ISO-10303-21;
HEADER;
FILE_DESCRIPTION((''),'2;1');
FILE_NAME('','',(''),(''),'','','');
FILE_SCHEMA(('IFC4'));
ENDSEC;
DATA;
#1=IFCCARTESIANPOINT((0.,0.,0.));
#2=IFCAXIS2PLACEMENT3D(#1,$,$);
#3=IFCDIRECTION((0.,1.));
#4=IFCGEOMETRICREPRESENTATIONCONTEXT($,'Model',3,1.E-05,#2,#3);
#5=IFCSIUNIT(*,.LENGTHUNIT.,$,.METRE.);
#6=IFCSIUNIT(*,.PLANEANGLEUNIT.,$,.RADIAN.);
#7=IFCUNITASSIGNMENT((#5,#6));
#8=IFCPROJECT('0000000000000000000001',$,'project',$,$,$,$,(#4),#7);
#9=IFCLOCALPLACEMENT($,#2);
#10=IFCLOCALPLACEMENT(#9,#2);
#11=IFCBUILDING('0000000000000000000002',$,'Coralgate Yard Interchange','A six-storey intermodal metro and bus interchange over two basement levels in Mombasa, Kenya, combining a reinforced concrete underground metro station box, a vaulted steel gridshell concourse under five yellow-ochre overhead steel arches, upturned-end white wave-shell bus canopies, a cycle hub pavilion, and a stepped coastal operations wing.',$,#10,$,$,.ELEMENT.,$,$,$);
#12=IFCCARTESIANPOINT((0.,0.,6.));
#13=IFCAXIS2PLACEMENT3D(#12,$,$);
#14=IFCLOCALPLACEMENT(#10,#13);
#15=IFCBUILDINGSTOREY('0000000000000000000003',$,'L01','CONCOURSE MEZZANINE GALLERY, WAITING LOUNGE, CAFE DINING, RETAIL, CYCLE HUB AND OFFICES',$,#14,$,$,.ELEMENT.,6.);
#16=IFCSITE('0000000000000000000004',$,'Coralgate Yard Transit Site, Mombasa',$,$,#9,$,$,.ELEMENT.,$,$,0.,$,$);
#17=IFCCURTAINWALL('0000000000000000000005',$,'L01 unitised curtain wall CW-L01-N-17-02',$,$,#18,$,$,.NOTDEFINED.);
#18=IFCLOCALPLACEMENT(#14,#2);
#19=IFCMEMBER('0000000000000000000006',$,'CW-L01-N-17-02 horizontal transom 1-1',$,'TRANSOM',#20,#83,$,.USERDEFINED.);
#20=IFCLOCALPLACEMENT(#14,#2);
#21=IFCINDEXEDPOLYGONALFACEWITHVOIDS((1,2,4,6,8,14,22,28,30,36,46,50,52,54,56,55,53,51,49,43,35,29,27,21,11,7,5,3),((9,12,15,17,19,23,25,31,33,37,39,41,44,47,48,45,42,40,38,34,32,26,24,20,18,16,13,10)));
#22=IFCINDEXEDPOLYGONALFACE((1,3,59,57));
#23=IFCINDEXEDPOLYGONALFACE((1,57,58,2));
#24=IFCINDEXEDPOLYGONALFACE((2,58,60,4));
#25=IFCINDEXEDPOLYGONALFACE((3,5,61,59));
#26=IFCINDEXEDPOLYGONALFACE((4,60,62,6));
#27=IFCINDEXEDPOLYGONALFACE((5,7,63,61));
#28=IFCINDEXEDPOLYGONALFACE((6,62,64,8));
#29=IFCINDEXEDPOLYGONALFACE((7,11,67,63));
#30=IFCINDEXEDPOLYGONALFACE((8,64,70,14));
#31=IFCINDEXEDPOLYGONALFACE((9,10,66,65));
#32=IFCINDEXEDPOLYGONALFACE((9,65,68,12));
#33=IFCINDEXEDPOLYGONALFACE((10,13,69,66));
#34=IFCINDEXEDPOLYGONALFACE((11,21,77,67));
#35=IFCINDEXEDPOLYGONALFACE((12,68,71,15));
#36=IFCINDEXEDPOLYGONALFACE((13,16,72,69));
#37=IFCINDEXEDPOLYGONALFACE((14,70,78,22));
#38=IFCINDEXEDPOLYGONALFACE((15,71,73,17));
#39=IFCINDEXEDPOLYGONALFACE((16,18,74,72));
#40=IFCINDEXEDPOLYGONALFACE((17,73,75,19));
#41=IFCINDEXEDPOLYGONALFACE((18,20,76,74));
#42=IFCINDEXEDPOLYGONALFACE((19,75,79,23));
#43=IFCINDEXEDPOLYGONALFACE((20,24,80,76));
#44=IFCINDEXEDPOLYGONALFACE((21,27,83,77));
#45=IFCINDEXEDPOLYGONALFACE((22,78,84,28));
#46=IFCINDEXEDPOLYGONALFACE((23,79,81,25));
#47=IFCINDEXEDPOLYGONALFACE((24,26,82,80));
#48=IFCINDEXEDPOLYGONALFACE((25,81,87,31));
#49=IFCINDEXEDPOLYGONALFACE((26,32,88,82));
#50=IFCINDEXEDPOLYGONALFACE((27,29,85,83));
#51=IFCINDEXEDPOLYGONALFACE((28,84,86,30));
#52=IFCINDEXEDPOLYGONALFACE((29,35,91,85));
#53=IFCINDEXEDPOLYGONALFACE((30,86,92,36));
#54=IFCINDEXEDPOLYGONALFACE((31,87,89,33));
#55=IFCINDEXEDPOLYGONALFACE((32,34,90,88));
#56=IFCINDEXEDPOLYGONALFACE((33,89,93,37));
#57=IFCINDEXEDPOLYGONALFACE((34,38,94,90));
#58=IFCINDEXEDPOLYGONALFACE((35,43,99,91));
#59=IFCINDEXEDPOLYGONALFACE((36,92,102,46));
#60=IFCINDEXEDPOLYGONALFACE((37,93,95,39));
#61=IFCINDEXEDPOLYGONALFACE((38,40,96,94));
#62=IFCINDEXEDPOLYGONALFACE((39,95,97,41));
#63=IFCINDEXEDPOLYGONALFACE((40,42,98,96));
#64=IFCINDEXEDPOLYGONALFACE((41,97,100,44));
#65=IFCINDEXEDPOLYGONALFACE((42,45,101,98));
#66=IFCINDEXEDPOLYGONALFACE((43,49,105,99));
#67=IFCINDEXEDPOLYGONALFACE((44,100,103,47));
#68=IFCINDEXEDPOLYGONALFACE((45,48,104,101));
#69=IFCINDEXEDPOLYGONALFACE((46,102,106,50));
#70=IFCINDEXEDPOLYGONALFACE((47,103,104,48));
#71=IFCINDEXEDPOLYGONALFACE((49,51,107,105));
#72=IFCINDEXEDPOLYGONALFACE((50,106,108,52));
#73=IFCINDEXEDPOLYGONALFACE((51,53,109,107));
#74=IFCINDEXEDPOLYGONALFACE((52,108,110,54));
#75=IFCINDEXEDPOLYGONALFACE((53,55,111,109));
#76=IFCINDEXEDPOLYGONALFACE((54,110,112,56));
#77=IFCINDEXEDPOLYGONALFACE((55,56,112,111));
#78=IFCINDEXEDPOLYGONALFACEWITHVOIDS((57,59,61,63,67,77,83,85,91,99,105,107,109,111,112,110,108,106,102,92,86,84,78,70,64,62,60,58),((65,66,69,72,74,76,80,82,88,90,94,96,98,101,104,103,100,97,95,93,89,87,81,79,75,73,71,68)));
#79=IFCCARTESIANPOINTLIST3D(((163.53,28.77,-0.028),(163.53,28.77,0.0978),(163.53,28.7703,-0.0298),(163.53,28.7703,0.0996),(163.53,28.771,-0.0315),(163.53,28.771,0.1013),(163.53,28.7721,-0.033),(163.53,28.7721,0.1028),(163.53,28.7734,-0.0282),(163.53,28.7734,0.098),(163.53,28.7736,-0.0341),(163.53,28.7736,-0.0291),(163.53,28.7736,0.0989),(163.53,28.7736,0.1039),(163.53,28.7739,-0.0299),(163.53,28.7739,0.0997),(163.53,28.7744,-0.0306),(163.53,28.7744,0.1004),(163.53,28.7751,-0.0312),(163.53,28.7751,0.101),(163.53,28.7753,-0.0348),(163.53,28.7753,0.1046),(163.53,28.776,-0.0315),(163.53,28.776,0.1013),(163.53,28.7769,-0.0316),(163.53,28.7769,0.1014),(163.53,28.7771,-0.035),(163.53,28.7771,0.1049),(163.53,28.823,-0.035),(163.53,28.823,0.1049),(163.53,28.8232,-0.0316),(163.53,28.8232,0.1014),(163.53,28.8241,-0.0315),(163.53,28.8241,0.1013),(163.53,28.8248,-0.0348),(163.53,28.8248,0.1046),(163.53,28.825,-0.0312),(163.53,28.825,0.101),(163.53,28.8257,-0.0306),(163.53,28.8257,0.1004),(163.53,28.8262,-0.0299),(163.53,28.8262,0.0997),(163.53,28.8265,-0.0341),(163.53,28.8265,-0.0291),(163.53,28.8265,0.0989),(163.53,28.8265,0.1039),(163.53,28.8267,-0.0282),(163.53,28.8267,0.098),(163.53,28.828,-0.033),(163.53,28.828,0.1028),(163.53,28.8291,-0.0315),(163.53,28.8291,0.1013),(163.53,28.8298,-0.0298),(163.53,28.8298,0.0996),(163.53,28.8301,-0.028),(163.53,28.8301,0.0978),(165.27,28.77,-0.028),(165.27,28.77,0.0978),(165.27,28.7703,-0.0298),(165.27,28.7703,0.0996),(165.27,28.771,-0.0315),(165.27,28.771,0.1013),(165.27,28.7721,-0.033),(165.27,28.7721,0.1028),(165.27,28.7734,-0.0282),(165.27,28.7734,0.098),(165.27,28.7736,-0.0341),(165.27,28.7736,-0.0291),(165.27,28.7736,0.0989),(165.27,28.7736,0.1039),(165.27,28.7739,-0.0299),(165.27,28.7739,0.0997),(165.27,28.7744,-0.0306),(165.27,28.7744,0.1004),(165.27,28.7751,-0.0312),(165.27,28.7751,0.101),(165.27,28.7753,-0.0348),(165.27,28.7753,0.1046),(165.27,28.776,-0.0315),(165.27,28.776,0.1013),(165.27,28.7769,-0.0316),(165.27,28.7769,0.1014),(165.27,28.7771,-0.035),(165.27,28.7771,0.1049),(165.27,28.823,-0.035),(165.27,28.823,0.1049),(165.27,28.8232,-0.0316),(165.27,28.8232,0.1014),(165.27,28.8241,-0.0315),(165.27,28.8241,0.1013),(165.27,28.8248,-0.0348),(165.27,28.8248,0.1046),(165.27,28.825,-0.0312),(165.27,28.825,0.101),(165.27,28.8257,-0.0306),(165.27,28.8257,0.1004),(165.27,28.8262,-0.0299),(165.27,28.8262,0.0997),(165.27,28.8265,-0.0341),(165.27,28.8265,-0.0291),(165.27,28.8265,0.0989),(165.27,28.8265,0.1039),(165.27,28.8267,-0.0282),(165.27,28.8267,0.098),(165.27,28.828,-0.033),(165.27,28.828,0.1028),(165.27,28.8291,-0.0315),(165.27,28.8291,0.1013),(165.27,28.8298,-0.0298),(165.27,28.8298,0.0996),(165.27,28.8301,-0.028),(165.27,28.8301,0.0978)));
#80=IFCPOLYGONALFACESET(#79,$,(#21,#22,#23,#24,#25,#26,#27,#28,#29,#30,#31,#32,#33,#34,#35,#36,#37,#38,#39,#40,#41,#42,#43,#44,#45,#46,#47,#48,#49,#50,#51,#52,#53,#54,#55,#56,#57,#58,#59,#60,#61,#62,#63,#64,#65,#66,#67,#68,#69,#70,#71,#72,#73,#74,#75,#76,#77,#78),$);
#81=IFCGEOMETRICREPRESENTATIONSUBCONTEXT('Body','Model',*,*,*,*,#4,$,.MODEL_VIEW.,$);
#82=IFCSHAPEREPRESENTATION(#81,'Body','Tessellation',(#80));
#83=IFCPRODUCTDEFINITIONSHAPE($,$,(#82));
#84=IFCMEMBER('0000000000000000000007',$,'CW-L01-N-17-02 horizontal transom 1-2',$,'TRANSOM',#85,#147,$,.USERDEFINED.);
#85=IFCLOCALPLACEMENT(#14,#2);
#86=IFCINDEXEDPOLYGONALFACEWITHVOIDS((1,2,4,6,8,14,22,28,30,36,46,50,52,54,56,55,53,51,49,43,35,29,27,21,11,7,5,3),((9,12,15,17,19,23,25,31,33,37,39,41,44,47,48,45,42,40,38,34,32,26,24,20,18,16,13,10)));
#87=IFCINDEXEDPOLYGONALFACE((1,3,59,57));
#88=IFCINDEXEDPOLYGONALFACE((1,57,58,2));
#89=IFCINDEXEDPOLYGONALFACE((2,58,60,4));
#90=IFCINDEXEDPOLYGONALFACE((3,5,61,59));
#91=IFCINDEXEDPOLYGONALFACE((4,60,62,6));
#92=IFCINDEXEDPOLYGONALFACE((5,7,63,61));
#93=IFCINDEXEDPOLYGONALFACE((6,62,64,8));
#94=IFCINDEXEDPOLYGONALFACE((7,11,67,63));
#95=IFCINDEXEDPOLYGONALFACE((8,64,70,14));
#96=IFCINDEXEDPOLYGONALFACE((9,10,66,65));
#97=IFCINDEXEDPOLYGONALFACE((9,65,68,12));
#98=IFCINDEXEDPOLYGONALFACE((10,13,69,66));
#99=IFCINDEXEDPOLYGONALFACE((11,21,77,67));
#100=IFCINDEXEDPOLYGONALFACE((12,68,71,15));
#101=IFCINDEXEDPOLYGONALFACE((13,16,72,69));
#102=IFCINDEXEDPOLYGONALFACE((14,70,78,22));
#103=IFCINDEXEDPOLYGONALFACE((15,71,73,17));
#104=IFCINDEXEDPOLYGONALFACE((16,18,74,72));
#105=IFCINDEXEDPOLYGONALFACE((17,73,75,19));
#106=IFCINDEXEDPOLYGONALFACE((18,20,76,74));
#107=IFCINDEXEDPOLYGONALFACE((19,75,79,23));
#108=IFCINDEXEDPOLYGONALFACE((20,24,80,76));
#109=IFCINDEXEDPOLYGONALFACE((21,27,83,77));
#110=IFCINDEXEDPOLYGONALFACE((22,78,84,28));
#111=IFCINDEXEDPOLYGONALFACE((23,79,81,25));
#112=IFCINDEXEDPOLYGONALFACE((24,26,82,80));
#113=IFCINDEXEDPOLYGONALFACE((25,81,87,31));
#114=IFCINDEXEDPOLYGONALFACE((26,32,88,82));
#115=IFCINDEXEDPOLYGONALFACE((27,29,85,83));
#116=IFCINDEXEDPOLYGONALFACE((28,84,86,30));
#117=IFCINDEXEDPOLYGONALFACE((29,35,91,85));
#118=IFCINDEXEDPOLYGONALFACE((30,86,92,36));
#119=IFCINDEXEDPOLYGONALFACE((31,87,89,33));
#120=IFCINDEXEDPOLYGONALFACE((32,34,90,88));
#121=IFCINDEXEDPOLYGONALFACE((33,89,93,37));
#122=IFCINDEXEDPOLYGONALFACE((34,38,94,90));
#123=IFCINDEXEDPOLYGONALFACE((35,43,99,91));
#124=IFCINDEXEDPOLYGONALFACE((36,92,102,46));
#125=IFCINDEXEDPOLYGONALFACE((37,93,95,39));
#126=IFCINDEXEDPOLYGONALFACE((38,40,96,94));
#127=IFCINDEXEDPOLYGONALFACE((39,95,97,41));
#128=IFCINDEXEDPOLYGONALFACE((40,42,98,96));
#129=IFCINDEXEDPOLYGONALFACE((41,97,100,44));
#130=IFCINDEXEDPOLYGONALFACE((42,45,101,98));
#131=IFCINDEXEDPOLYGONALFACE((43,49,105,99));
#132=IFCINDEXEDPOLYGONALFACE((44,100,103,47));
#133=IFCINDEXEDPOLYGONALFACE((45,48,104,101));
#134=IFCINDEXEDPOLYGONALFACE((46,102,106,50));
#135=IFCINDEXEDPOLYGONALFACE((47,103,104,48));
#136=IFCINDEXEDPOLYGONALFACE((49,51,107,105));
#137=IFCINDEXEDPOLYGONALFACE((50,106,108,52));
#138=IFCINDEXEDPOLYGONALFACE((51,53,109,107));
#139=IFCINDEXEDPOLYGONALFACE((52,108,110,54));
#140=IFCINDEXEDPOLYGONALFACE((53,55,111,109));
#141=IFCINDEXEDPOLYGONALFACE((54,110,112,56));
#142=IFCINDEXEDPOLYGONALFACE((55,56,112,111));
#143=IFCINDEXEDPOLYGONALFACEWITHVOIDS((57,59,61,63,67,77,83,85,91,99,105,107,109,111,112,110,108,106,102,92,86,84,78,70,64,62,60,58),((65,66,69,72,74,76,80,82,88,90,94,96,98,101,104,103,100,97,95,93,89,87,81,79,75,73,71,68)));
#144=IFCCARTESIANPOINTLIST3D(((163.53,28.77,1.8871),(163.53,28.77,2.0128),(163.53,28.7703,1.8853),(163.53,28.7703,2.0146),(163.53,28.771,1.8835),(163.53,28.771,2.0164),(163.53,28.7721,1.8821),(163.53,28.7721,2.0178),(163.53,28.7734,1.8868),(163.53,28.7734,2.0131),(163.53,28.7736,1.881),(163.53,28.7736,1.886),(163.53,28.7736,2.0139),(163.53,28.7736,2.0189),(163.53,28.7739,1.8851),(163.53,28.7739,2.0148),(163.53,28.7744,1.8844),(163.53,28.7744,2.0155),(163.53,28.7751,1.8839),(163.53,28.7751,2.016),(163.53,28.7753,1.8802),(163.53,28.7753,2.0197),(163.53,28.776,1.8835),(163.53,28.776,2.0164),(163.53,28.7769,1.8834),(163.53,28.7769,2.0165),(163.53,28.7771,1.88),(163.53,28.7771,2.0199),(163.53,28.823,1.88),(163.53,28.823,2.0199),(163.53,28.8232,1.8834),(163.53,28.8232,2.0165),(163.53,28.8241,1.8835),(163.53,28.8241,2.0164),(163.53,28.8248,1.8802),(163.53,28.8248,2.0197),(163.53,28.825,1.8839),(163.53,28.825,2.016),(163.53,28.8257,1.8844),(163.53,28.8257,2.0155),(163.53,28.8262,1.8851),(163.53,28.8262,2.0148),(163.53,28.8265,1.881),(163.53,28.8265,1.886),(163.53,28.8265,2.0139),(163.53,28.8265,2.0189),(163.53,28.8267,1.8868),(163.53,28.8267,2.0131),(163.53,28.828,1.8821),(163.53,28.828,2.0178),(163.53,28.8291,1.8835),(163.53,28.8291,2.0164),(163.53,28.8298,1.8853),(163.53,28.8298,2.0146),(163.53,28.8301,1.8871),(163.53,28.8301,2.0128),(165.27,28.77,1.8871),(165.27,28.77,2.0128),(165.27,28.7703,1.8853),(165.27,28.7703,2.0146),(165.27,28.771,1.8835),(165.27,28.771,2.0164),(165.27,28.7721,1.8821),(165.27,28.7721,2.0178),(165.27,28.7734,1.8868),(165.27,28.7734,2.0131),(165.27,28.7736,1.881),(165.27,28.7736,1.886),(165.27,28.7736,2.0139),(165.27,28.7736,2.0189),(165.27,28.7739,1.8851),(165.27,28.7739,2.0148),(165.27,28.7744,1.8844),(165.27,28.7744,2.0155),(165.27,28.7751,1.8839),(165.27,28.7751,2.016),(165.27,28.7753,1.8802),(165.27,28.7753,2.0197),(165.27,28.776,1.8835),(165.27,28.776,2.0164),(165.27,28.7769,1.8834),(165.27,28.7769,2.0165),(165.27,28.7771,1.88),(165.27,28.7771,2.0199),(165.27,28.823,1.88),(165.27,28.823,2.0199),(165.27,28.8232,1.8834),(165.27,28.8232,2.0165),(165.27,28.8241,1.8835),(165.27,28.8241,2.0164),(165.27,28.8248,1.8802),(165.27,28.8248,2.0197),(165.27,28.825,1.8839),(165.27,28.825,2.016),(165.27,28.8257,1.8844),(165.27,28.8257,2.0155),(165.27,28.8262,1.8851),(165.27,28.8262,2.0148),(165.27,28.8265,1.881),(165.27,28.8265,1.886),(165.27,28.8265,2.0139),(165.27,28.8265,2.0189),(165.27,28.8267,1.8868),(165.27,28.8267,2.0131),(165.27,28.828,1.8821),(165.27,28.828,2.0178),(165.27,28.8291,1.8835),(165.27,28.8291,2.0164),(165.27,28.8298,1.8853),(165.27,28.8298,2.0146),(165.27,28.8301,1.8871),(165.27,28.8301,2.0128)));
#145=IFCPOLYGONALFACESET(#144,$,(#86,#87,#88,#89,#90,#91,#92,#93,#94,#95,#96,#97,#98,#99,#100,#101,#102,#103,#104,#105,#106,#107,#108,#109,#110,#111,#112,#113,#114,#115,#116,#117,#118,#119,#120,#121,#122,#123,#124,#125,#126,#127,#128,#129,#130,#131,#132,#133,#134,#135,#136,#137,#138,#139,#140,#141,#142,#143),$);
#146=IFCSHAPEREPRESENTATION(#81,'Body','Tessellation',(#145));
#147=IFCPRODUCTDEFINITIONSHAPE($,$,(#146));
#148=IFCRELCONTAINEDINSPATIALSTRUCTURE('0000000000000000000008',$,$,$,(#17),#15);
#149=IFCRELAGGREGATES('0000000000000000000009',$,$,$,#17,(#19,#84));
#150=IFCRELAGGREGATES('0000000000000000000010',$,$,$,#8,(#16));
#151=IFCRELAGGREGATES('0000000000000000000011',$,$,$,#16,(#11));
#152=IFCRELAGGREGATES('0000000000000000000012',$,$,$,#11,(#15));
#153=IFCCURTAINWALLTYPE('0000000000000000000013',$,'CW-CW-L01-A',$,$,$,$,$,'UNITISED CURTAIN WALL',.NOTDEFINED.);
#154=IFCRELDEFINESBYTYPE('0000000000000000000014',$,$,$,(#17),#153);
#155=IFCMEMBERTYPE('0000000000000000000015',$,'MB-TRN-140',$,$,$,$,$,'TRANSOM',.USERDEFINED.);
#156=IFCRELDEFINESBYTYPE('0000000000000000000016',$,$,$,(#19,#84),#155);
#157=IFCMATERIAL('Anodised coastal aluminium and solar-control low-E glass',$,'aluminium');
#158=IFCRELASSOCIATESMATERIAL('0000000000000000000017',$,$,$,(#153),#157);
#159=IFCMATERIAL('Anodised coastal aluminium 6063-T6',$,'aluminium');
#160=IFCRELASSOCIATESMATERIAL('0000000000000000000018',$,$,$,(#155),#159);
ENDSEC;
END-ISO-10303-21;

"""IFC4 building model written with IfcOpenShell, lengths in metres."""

from ifc_helpers import new_model, si_unit, direction, frame, origin, origin_2d, place, context, subcontext, project, spatial, hollow_rectangle, extrude, material, material_profile, profile_set, type_object, element, aggregate, save


model = new_model("IFC4")

# Units and contexts
model_context = context("Model", 3, precision=1e-05, world=origin(), true_north=direction((0.0, 1.0)))
body_context = subcontext(model_context, "Body", "Model", "MODEL_VIEW")
ifc_project = project(units=[si_unit("LENGTHUNIT", "METRE"), si_unit("PLANEANGLEUNIT", "RADIAN")], contexts=[model_context])

# Site, building, storey
site_placement = place(None, origin())
site = spatial("IfcSite", under=ifc_project, at=site_placement, Name="Coralgate Yard Transit Site, Mombasa", CompositionType="ELEMENT", RefElevation=0.0)
building_placement = place(site_placement, origin())
building = spatial("IfcBuilding", under=site, at=building_placement, Name="Coralgate Yard Interchange", Description="A six-storey intermodal metro and bus interchange over two basement levels in Mombasa, Kenya, combining a reinforced concrete underground metro station box, a vaulted steel gridshell concourse under five yellow-ochre overhead steel arches, upturned-end white wave-shell bus canopies, a cycle hub pavilion, and a stepped coastal operations wing.", CompositionType="ELEMENT")
storey_placement = place(building_placement, frame((0.0, 0.0, 6.0)))
storey = spatial("IfcBuildingStorey", under=building, at=storey_placement, Name="L01", Description="CONCOURSE MEZZANINE GALLERY, WAITING LOUNGE, CAFE DINING, RETAIL, CYCLE HUB AND OFFICES", CompositionType="ELEMENT", Elevation=6.0)

# Curtain wall, members
ifc_material_1 = material(Name="Anodised coastal aluminium and solar-control low-E glass", Category="aluminium")
curtain_wall_type = type_object("IfcCurtainWallType", Name="CW-CW-L01-A", ElementType="UNITISED CURTAIN WALL", PredefinedType="NOTDEFINED", material=ifc_material_1)
curtain_wall_placement = place(storey_placement, origin())
curtain_wall = element("IfcCurtainWall", 1, at=curtain_wall_placement, inside=storey, type_object=curtain_wall_type, Name="L01 unitised curtain wall CW-L01-N-17-02", PredefinedType="NOTDEFINED")
ifc_material_2 = material(Name="Anodised coastal aluminium 6063-T6", Category="aluminium")
ifc_material_profile_1 = material_profile(ifc_material_2, hollow_rectangle(XDim=0.0601, YDim=0.1399, WallThickness=0.0034, InnerFilletRadius=0.0034, OuterFilletRadius=0.0071, at=origin_2d()), Name="ALU 60x140x3.5")
ifc_profile_set_1 = profile_set([ifc_material_profile_1], Name="Anodised coastal aluminium 6063-T6")
member_type_1 = type_object("IfcMemberType", Name="MB-TRN-140", ElementType="TRANSOM", PredefinedType="USERDEFINED", material=ifc_profile_set_1)
member_1_placement = place(storey_placement, frame((163.53, 28.8, 0.0349), z_axis=(1.0, 0.0, 0.0), x_axis=(0.0, 1.0, 0.0)))
member_1 = element("IfcMember", 2, at=member_1_placement, type_object=member_type_1, Name="CW-L01-N-17-02 horizontal transom 1-1", ObjectType="TRANSOM", PredefinedType="USERDEFINED", context=body_context, shape_type="SweptSolid", body=[
    extrude(hollow_rectangle(XDim=0.0601, YDim=0.1399, WallThickness=0.0034, InnerFilletRadius=0.0034, OuterFilletRadius=0.0071, at=origin_2d()), origin(), (0.0, 0.0, 1.0), 1.74),
])
member_2_placement = place(storey_placement, frame((163.53, 28.8, 1.95), z_axis=(1.0, 0.0, 0.0), x_axis=(0.0, 1.0, 0.0)))
member_2 = element("IfcMember", 3, at=member_2_placement, type_object=member_type_1, Name="CW-L01-N-17-02 horizontal transom 1-2", ObjectType="TRANSOM", PredefinedType="USERDEFINED", context=body_context, shape_type="SweptSolid", body=[
    extrude(hollow_rectangle(XDim=0.0601, YDim=0.1399, WallThickness=0.0034, InnerFilletRadius=0.0034, OuterFilletRadius=0.0071, at=origin_2d()), origin(), (0.0, 0.0, 1.0), 1.74),
])
aggregate(curtain_wall, [member_1, member_2])

save(model, "model.ifc")
